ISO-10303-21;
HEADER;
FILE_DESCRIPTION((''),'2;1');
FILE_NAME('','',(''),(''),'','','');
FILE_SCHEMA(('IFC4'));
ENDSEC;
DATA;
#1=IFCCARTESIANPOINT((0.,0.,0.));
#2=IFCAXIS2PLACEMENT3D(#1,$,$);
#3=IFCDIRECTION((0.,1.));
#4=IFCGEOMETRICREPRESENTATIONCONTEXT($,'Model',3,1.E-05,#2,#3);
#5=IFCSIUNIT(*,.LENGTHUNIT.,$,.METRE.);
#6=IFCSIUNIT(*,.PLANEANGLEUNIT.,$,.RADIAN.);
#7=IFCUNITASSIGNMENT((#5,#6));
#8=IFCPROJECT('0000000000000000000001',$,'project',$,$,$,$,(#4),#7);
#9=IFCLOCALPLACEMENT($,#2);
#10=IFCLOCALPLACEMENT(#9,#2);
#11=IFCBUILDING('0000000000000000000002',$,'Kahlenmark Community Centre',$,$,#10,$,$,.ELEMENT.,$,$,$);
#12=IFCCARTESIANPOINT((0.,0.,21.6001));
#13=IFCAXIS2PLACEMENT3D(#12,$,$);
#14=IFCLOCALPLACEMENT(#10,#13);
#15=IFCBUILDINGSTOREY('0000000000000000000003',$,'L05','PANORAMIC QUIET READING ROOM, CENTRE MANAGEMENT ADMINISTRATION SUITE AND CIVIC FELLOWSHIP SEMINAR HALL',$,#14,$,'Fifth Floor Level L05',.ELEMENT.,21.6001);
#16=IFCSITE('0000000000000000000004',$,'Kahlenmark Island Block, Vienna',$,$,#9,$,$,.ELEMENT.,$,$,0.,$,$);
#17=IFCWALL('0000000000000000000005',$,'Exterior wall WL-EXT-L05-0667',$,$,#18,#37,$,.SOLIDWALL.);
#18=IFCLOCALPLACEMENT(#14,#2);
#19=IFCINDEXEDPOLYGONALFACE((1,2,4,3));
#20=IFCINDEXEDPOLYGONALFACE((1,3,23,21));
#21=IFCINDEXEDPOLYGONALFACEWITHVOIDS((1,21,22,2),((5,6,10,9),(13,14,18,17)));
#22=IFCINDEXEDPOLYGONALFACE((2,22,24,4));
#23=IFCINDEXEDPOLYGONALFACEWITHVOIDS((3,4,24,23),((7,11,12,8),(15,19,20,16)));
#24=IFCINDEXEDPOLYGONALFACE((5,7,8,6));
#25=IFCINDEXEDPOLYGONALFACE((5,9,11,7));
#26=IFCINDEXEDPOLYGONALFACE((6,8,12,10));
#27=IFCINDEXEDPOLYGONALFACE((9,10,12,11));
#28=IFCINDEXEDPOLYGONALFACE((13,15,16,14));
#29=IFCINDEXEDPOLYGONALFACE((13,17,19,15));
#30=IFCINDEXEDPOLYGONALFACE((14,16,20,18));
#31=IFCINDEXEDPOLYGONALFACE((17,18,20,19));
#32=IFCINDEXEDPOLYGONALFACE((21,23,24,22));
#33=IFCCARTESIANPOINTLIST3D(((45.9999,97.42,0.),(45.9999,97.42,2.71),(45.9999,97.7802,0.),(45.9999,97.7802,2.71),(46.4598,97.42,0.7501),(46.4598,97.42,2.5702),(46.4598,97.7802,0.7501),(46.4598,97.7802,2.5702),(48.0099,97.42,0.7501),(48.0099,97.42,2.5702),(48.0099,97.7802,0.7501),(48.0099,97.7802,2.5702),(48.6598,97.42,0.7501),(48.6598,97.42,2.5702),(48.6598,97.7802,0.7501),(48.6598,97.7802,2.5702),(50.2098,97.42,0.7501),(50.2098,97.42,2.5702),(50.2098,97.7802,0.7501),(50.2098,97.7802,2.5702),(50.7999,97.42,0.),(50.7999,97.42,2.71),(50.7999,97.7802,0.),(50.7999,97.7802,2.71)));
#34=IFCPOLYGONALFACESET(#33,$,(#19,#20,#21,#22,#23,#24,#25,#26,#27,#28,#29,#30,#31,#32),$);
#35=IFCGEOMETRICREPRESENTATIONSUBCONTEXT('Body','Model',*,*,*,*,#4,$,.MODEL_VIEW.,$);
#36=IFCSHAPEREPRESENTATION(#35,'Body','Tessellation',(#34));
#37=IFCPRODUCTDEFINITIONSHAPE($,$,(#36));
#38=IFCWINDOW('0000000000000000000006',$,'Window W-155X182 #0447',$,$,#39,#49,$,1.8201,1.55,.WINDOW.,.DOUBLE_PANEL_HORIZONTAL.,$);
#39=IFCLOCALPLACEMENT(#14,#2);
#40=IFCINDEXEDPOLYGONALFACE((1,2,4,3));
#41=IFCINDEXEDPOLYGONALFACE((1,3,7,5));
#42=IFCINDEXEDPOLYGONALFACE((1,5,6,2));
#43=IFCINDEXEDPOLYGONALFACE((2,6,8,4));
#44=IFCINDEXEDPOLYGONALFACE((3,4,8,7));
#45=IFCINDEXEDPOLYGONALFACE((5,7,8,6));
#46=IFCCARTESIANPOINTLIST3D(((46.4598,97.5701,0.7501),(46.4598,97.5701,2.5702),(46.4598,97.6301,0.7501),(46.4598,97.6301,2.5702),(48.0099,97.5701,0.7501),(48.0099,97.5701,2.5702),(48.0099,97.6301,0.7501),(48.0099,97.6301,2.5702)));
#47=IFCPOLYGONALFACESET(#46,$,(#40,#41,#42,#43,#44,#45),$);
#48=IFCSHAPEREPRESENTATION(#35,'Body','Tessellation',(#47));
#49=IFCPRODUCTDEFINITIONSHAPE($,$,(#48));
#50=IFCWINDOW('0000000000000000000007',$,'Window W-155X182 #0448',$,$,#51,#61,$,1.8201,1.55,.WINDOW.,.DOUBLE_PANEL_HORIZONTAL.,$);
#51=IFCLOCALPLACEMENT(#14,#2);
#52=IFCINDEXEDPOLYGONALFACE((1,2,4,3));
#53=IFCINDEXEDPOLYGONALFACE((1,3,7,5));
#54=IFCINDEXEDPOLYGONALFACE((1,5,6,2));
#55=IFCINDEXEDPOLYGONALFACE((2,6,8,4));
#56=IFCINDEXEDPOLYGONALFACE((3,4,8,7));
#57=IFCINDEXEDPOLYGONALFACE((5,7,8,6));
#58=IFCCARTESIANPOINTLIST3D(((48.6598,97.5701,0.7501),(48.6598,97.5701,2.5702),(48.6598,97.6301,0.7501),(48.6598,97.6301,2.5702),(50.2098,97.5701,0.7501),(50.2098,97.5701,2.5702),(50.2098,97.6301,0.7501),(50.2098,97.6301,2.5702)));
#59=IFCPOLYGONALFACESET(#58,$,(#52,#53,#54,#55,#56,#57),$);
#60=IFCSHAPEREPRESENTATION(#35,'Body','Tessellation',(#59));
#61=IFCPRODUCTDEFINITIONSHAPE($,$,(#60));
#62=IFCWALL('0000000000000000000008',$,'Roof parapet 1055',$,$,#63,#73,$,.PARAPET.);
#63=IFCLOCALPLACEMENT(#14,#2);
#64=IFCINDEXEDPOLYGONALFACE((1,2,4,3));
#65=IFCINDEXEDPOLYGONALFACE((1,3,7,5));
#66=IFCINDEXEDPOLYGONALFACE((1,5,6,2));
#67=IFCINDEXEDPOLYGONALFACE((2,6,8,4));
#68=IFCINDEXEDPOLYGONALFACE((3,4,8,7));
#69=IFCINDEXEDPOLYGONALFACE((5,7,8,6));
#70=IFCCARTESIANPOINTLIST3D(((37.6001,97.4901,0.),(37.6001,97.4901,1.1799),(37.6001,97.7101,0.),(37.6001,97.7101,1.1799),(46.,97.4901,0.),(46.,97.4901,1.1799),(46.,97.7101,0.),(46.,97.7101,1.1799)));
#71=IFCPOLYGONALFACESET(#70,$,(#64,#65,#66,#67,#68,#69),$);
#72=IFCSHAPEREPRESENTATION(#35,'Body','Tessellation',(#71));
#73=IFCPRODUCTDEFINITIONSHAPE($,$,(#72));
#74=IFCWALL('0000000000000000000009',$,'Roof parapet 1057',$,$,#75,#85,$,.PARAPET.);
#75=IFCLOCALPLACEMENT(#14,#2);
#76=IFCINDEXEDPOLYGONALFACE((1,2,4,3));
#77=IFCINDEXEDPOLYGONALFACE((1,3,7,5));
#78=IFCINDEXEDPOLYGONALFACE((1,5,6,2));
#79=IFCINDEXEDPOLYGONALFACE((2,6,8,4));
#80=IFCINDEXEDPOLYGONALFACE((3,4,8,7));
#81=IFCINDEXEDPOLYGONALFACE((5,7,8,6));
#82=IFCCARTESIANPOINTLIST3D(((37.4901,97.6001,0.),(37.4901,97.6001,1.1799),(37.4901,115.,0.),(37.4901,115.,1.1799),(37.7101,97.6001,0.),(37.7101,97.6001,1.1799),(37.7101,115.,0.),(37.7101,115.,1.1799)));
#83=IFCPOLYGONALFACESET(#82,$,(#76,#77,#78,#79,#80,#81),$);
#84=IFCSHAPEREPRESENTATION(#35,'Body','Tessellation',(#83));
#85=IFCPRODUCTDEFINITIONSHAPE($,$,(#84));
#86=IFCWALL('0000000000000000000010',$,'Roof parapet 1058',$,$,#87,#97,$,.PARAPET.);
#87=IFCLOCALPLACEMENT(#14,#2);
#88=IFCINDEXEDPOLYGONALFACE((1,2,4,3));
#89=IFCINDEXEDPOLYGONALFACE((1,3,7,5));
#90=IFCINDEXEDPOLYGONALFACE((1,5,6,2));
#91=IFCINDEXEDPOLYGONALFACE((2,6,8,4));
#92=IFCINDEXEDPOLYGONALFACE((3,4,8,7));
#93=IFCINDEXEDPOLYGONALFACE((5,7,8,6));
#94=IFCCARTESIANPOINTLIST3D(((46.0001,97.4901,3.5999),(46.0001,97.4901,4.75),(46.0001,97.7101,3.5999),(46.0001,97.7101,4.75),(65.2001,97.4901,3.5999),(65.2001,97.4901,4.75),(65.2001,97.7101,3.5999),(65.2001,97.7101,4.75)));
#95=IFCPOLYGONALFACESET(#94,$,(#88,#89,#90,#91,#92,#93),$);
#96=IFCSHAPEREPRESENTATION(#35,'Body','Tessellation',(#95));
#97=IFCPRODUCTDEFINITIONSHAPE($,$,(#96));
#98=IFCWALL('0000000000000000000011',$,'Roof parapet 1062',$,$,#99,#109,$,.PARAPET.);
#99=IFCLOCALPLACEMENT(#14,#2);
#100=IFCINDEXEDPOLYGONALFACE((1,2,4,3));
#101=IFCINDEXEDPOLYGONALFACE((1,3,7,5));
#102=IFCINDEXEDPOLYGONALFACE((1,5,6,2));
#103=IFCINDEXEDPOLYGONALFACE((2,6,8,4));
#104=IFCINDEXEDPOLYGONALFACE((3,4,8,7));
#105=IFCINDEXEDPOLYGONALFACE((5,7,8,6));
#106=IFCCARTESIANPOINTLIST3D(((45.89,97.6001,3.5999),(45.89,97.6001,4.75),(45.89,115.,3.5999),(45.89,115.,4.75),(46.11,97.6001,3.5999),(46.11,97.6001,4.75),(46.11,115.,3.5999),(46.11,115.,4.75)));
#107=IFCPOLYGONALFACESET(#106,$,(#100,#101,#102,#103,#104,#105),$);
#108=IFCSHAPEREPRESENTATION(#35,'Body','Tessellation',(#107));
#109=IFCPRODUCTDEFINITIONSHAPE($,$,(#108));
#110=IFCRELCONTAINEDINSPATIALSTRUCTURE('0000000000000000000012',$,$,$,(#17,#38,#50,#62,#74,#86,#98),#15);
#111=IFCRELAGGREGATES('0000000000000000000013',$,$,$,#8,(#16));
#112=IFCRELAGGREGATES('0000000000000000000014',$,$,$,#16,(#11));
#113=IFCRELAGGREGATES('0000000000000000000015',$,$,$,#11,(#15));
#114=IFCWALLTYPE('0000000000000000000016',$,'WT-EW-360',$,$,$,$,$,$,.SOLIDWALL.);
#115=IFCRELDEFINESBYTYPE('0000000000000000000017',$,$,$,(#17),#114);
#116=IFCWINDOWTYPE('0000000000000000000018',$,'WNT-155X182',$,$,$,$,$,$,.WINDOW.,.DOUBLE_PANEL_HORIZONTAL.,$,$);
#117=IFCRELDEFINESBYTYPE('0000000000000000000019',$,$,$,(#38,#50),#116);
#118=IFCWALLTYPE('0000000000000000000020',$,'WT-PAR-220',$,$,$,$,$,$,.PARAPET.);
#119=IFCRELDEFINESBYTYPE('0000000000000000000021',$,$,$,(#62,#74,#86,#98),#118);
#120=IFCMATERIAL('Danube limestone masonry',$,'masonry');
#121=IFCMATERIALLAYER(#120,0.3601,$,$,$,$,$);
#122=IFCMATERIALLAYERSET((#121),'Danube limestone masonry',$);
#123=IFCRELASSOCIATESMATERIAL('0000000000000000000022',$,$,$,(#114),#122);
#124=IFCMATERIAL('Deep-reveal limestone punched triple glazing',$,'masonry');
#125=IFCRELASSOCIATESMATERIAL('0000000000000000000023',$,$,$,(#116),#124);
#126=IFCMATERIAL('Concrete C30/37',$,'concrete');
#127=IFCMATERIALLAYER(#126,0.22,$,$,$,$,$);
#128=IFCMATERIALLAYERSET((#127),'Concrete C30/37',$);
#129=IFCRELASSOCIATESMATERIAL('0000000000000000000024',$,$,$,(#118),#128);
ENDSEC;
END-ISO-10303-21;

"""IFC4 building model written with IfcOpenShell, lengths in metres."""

from ifc_helpers import new_model, si_unit, direction, frame, frame_2d, origin, place, context, subcontext, project, spatial, rectangle, extrude, material, layer, layer_set, type_object, element, fill, save


model = new_model("IFC4")

# Units and contexts
model_context = context("Model", 3, precision=1e-05, world=origin(), true_north=direction((0.0, 1.0)))
body_context = subcontext(model_context, "Body", "Model", "MODEL_VIEW")
ifc_project = project(units=[si_unit("LENGTHUNIT", "METRE"), si_unit("PLANEANGLEUNIT", "RADIAN")], contexts=[model_context])

# Site, building, storey
site_placement = place(None, origin())
site = spatial("IfcSite", under=ifc_project, at=site_placement, Name="Kahlenmark Island Block, Vienna", CompositionType="ELEMENT", RefElevation=0.0)
building_placement = place(site_placement, origin())
building = spatial("IfcBuilding", under=site, at=building_placement, Name="Kahlenmark Community Centre", CompositionType="ELEMENT")
storey_placement = place(building_placement, frame((0.0, 0.0, 21.6001)))
storey = spatial("IfcBuildingStorey", under=building, at=storey_placement, Name="L05", Description="PANORAMIC QUIET READING ROOM, CENTRE MANAGEMENT ADMINISTRATION SUITE AND CIVIC FELLOWSHIP SEMINAR HALL", LongName="Fifth Floor Level L05", CompositionType="ELEMENT", Elevation=21.6001)

# Wall, openings, windows
ifc_material_1 = material(Name="Danube limestone masonry", Category="masonry")
ifc_layer_1 = layer(ifc_material_1, 0.3601)
ifc_layer_set_1 = layer_set([ifc_layer_1], Name="Danube limestone masonry")
wall_type_1 = type_object("IfcWallType", Name="WT-EW-360", PredefinedType="SOLIDWALL", material=ifc_layer_set_1)
wall_1_placement = place(storey_placement, frame((46.0, 97.6001, 0.0), z_axis=(0.0, 0.0, 1.0), x_axis=(1.0, 0.0, 0.0)))
wall_1 = element("IfcWall", 1, at=wall_1_placement, inside=storey, type_object=wall_type_1, Name="Exterior wall WL-EXT-L05-0667", PredefinedType="SOLIDWALL", context=body_context, shape_type="SweptSolid", body=[
    extrude(rectangle(XDim=4.8, YDim=0.3601, at=frame_2d((2.3999, 0.0))), origin(), (0.0, 0.0, 1.0), 2.71),
])
opening_1_placement = place(wall_1_placement, frame((0.46, 0.0, 0.75)))
opening_1 = element("IfcOpeningElement", 2, at=opening_1_placement, cuts=wall_1, PredefinedType="OPENING", context=body_context, shape_type="SweptSolid", body=[
    extrude(rectangle(XDim=1.55, YDim=1.8201, at=frame_2d((0.7749, 0.9102))), frame((0.0, 0.1899, 0.0), z_axis=(0.0, -1.0, 0.0), x_axis=(1.0, 0.0, 0.0)), (0.0, 0.0, 1.0), 0.3801),
])
opening_2_placement = place(wall_1_placement, frame((2.6599, 0.0, 0.75)))
opening_2 = element("IfcOpeningElement", 3, at=opening_2_placement, cuts=wall_1, PredefinedType="OPENING", context=body_context, shape_type="SweptSolid", body=[
    extrude(rectangle(XDim=1.55, YDim=1.8201, at=frame_2d((0.7749, 0.9102))), frame((0.0, 0.1899, 0.0), z_axis=(0.0, -1.0, 0.0), x_axis=(1.0, 0.0, 0.0)), (0.0, 0.0, 1.0), 0.3801),
])
ifc_material_2 = material(Name="Deep-reveal limestone punched triple glazing", Category="masonry")
window_type = type_object("IfcWindowType", Name="WNT-155X182", PartitioningType="DOUBLE_PANEL_HORIZONTAL", PredefinedType="WINDOW", material=ifc_material_2)
window_1_placement = place(opening_1_placement, origin())
window_1 = element("IfcWindow", 4, at=window_1_placement, inside=storey, type_object=window_type, Name="Window W-155X182 #0447", OverallHeight=1.8201, OverallWidth=1.55, PartitioningType="DOUBLE_PANEL_HORIZONTAL", PredefinedType="WINDOW", context=body_context, shape_type="SweptSolid", body=[
    extrude(rectangle(XDim=1.55, YDim=1.8201, at=frame_2d((0.7749, 0.9102))), frame((0.0, 0.03, 0.0), z_axis=(0.0, -1.0, 0.0), x_axis=(1.0, 0.0, 0.0)), (0.0, 0.0, 1.0), 0.0601),
])
fill(opening_1, window_1)
window_2_placement = place(opening_2_placement, origin())
window_2 = element("IfcWindow", 5, at=window_2_placement, inside=storey, type_object=window_type, Name="Window W-155X182 #0448", OverallHeight=1.8201, OverallWidth=1.55, PartitioningType="DOUBLE_PANEL_HORIZONTAL", PredefinedType="WINDOW", context=body_context, shape_type="SweptSolid", body=[
    extrude(rectangle(XDim=1.55, YDim=1.8201, at=frame_2d((0.7749, 0.9102))), frame((0.0, 0.03, 0.0), z_axis=(0.0, -1.0, 0.0), x_axis=(1.0, 0.0, 0.0)), (0.0, 0.0, 1.0), 0.0601),
])
fill(opening_2, window_2)

# Walls
ifc_material_3 = material(Name="Concrete C30/37", Category="concrete")
ifc_layer_2 = layer(ifc_material_3, 0.22)
ifc_layer_set_2 = layer_set([ifc_layer_2], Name="Concrete C30/37")
wall_type_2 = type_object("IfcWallType", Name="WT-PAR-220", PredefinedType="PARAPET", material=ifc_layer_set_2)
wall_2_placement = place(storey_placement, frame((37.6001, 97.6001, 0.0), z_axis=(0.0, 0.0, 1.0), x_axis=(1.0, 0.0, 0.0)))
element("IfcWall", 6, at=wall_2_placement, inside=storey, type_object=wall_type_2, Name="Roof parapet 1055", PredefinedType="PARAPET", context=body_context, shape_type="SweptSolid", body=[
    extrude(rectangle(XDim=8.3999, YDim=0.22, at=frame_2d((4.2, 0.0))), origin(), (0.0, 0.0, 1.0), 1.1799),
])
wall_3_placement = place(storey_placement, frame((37.6001, 97.6001, 0.0), z_axis=(0.0, 0.0, 1.0), x_axis=(0.0, 1.0, 0.0)))
element("IfcWall", 7, at=wall_3_placement, inside=storey, type_object=wall_type_2, Name="Roof parapet 1057", PredefinedType="PARAPET", context=body_context, shape_type="SweptSolid", body=[
    extrude(rectangle(XDim=17.3999, YDim=0.22, at=frame_2d((8.7, 0.0))), origin(), (0.0, 0.0, 1.0), 1.1799),
])
wall_4_placement = place(storey_placement, frame((46.0, 97.6001, 3.5999), z_axis=(0.0, 0.0, 1.0), x_axis=(1.0, 0.0, 0.0)))
element("IfcWall", 8, at=wall_4_placement, inside=storey, type_object=wall_type_2, Name="Roof parapet 1058", PredefinedType="PARAPET", context=body_context, shape_type="SweptSolid", body=[
    extrude(rectangle(XDim=19.2, YDim=0.22, at=frame_2d((9.6001, 0.0))), origin(), (0.0, 0.0, 1.0), 1.1501),
])
wall_5_placement = place(storey_placement, frame((46.0, 97.6001, 3.5999), z_axis=(0.0, 0.0, 1.0), x_axis=(0.0, 1.0, 0.0)))
element("IfcWall", 9, at=wall_5_placement, inside=storey, type_object=wall_type_2, Name="Roof parapet 1062", PredefinedType="PARAPET", context=body_context, shape_type="SweptSolid", body=[
    extrude(rectangle(XDim=17.3999, YDim=0.22, at=frame_2d((8.7, 0.0))), origin(), (0.0, 0.0, 1.0), 1.1501),
])

save(model, "model.ifc")
